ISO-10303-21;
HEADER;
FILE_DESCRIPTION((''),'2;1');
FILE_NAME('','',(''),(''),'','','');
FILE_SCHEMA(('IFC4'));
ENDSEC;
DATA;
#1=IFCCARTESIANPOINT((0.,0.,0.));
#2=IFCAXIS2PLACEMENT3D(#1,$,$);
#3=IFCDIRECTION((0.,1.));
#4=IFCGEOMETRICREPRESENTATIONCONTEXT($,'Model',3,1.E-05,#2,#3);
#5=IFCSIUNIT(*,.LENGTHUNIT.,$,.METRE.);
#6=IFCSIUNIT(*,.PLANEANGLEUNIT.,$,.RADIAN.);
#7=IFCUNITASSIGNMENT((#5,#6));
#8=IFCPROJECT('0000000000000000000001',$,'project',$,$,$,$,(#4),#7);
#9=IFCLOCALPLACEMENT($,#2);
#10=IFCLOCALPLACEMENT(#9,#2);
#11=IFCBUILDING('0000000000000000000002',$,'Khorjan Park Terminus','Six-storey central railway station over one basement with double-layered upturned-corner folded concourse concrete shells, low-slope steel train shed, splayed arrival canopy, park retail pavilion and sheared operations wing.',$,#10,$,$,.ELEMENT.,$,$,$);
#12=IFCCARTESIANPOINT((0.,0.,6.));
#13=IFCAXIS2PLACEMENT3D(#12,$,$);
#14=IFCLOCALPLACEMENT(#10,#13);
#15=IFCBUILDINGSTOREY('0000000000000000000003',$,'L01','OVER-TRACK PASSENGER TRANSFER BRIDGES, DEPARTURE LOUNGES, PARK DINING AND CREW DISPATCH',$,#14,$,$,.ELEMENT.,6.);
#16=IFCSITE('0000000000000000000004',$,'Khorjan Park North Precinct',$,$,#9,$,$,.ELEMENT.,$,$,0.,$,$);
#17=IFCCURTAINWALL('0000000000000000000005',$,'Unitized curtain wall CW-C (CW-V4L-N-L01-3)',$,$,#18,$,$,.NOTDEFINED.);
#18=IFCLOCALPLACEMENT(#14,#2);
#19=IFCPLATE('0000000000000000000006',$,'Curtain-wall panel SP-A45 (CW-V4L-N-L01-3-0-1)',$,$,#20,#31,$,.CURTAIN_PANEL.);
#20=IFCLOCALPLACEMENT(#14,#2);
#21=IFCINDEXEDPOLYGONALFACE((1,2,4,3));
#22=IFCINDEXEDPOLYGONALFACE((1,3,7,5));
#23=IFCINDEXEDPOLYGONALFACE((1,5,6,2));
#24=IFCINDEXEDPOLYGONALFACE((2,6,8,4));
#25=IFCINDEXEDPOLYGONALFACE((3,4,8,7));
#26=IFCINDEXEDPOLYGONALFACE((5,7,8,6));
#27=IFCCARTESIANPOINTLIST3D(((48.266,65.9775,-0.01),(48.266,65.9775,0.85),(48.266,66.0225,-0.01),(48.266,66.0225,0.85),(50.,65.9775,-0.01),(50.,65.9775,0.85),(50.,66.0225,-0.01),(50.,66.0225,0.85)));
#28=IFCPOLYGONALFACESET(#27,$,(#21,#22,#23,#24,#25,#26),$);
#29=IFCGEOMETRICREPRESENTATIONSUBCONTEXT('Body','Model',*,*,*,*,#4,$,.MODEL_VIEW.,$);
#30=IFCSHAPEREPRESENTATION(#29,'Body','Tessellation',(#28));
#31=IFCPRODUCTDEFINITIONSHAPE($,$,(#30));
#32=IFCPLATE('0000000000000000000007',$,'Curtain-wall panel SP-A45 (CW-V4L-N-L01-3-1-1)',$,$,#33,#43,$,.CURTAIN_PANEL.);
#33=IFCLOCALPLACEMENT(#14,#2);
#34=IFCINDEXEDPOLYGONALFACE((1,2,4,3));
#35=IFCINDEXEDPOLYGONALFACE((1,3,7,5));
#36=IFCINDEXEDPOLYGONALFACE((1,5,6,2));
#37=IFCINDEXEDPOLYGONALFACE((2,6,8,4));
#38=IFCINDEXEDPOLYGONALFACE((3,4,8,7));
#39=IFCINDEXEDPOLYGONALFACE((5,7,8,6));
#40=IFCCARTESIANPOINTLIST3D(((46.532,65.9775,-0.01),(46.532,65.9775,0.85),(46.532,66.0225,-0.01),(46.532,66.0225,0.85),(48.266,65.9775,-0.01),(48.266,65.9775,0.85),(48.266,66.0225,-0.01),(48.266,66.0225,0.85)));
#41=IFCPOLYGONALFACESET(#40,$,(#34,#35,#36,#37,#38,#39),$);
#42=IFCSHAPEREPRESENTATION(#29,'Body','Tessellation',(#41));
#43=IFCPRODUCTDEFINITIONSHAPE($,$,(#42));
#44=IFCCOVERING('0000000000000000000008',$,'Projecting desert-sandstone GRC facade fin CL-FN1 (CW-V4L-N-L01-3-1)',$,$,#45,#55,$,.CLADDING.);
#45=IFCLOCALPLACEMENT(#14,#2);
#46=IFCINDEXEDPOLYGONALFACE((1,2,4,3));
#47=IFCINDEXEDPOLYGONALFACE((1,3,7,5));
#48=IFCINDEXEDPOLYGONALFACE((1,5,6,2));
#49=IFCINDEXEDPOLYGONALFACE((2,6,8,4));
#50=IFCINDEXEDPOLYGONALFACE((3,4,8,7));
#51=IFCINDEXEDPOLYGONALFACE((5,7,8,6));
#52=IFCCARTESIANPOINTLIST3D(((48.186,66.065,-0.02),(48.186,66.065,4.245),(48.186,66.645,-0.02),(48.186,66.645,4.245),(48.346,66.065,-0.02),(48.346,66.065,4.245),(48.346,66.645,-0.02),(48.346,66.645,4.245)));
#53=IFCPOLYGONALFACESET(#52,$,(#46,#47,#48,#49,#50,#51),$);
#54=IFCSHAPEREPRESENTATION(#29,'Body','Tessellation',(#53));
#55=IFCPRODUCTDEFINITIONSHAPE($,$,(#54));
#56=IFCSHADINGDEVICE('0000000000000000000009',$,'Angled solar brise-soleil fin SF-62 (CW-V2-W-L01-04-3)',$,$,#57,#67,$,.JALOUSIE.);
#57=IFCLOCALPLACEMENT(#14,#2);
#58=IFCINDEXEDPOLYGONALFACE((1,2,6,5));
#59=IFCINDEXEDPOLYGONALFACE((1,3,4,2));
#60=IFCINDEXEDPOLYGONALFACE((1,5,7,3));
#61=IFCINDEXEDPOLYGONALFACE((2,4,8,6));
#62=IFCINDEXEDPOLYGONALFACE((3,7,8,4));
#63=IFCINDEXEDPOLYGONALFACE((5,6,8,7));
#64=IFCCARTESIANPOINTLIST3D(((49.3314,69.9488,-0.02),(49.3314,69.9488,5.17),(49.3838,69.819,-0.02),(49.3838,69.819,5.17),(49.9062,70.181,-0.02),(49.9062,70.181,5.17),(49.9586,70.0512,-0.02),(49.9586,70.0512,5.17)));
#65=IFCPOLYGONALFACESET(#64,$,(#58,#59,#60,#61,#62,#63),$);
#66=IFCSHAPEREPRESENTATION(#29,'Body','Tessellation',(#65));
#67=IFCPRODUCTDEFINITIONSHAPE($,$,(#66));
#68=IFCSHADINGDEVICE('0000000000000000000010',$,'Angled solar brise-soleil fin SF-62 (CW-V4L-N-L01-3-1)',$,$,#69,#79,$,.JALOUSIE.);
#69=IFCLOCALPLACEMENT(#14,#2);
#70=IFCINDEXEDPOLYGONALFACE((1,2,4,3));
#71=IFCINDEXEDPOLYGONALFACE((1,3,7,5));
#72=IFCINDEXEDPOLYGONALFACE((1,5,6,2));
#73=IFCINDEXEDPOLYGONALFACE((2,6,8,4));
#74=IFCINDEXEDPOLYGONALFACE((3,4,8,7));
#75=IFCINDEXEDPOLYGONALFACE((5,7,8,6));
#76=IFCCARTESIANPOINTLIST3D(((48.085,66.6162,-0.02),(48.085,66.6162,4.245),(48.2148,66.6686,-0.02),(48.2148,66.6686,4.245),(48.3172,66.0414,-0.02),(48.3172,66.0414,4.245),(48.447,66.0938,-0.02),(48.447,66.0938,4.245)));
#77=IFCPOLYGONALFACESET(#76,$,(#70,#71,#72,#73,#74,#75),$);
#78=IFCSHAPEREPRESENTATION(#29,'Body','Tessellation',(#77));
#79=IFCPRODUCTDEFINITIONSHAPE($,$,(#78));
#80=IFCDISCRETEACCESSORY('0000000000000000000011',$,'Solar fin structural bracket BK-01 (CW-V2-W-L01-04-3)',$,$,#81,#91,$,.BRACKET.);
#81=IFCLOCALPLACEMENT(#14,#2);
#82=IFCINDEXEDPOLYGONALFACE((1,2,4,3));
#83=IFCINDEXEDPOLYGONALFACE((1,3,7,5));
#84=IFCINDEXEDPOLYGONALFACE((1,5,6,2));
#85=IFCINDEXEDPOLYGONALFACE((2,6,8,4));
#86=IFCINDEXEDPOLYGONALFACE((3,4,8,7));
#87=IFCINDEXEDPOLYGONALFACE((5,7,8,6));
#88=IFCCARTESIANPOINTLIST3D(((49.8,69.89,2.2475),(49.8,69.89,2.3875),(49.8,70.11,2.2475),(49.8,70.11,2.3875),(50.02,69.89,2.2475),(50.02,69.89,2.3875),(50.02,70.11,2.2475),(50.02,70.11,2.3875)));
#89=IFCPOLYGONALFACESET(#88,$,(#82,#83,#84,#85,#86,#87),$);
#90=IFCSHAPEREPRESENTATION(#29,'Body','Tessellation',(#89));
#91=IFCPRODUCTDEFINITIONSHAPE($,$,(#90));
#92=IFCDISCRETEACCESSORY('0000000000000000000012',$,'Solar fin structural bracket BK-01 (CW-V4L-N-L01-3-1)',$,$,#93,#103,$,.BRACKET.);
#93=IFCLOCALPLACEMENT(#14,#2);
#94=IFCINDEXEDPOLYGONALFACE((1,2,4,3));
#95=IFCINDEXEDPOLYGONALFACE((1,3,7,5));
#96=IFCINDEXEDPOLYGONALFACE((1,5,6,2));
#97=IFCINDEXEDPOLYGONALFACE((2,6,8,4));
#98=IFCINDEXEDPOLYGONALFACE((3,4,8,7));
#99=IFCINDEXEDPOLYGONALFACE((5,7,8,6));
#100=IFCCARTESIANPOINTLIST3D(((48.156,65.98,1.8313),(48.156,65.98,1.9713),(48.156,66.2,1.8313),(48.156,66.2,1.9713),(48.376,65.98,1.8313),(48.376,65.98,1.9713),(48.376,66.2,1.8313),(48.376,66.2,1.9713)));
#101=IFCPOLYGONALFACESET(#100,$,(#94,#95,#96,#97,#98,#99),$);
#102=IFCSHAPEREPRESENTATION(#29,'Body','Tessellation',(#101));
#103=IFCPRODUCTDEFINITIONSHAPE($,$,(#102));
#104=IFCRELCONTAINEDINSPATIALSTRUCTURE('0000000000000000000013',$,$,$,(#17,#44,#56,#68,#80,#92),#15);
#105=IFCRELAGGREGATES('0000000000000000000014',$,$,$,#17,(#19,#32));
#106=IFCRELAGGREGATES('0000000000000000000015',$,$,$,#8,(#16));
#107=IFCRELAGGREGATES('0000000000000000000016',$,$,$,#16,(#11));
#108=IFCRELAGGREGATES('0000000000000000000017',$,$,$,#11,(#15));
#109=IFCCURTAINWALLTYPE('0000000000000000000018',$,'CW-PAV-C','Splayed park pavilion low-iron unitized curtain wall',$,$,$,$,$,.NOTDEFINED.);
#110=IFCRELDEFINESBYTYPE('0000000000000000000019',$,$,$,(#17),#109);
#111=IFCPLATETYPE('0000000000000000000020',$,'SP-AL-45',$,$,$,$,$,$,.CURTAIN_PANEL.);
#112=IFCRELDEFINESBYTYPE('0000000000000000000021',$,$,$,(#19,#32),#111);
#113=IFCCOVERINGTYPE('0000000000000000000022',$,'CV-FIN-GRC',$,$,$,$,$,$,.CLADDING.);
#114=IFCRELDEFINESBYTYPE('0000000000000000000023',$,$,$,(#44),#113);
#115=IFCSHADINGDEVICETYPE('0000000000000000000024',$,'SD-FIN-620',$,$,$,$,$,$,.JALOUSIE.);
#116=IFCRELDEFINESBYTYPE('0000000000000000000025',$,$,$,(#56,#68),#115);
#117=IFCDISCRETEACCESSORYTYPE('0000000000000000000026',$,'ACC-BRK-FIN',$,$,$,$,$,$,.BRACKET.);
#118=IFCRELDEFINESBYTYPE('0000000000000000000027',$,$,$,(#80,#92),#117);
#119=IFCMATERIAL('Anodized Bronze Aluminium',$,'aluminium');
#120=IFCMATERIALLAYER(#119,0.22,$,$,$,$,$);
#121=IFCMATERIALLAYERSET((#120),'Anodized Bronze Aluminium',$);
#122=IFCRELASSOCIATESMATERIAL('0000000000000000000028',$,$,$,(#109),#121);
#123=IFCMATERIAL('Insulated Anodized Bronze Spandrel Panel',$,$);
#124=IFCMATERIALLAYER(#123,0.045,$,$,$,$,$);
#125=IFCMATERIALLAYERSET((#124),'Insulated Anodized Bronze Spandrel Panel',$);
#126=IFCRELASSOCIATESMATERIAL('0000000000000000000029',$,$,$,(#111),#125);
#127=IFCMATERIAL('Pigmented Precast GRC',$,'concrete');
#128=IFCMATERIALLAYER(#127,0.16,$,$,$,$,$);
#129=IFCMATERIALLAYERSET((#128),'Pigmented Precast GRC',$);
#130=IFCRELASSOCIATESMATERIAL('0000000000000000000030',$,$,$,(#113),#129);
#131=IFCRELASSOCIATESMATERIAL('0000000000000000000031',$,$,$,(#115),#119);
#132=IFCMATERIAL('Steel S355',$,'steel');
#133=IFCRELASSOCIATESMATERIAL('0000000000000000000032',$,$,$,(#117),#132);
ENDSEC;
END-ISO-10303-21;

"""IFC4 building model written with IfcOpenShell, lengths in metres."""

from ifc_helpers import new_model, si_unit, direction, frame, origin, origin_2d, place, context, subcontext, project, spatial, rectangle, extrude, material, layer, layer_set, type_object, element, aggregate, save


model = new_model("IFC4")

# Units and contexts
model_context = context("Model", 3, precision=1e-05, world=origin(), true_north=direction((0.0, 1.0)))
body_context = subcontext(model_context, "Body", "Model", "MODEL_VIEW")
ifc_project = project(units=[si_unit("LENGTHUNIT", "METRE"), si_unit("PLANEANGLEUNIT", "RADIAN")], contexts=[model_context])

# Site, building, storey
site_placement = place(None, origin())
site = spatial("IfcSite", under=ifc_project, at=site_placement, Name="Khorjan Park North Precinct", CompositionType="ELEMENT", RefElevation=0.0)
building_placement = place(site_placement, origin())
building = spatial("IfcBuilding", under=site, at=building_placement, Name="Khorjan Park Terminus", Description="Six-storey central railway station over one basement with double-layered upturned-corner folded concourse concrete shells, low-slope steel train shed, splayed arrival canopy, park retail pavilion and sheared operations wing.", CompositionType="ELEMENT")
storey_placement = place(building_placement, frame((0.0, 0.0, 6.0)))
storey = spatial("IfcBuildingStorey", under=building, at=storey_placement, Name="L01", Description="OVER-TRACK PASSENGER TRANSFER BRIDGES, DEPARTURE LOUNGES, PARK DINING AND CREW DISPATCH", CompositionType="ELEMENT", Elevation=6.0)

# Shared definitions
ifc_material_1 = material(Name="Steel S355", Category="steel")

# Curtain wall
ifc_material_2 = material(Name="Anodized Bronze Aluminium", Category="aluminium")
ifc_layer_1 = layer(ifc_material_2, 0.22)
ifc_layer_set_1 = layer_set([ifc_layer_1], Name="Anodized Bronze Aluminium")
curtain_wall_type = type_object("IfcCurtainWallType", Name="CW-PAV-C", Description="Splayed park pavilion low-iron unitized curtain wall", PredefinedType="NOTDEFINED", material=ifc_layer_set_1)
curtain_wall_1_placement = place(storey_placement, origin())
curtain_wall_1 = element("IfcCurtainWall", 1, at=curtain_wall_1_placement, inside=storey, type_object=curtain_wall_type, Name="Unitized curtain wall CW-C (CW-V4L-N-L01-3)", PredefinedType="NOTDEFINED")

# Plates
ifc_material_3 = material(Name="Insulated Anodized Bronze Spandrel Panel")
ifc_layer_2 = layer(ifc_material_3, 0.045)
ifc_layer_set_2 = layer_set([ifc_layer_2], Name="Insulated Anodized Bronze Spandrel Panel")
plate_type_1 = type_object("IfcPlateType", Name="SP-AL-45", PredefinedType="CURTAIN_PANEL", material=ifc_layer_set_2)
plate_1_placement = place(storey_placement, frame((49.133, 66.0, -0.01), z_axis=(0.0, 0.0, 1.0), x_axis=(-1.0, 0.0, 0.0)))
plate_1 = element("IfcPlate", 2, at=plate_1_placement, type_object=plate_type_1, Name="Curtain-wall panel SP-A45 (CW-V4L-N-L01-3-0-1)", PredefinedType="CURTAIN_PANEL", context=body_context, shape_type="SweptSolid", body=[
    extrude(rectangle(XDim=1.734, YDim=0.045, at=origin_2d()), origin(), (0.0, 0.0, 1.0), 0.86),
])
plate_2_placement = place(storey_placement, frame((47.399, 66.0, -0.01), z_axis=(0.0, 0.0, 1.0), x_axis=(-1.0, 0.0, 0.0)))
plate_2 = element("IfcPlate", 3, at=plate_2_placement, type_object=plate_type_1, Name="Curtain-wall panel SP-A45 (CW-V4L-N-L01-3-1-1)", PredefinedType="CURTAIN_PANEL", context=body_context, shape_type="SweptSolid", body=[
    extrude(rectangle(XDim=1.734, YDim=0.045, at=origin_2d()), origin(), (0.0, 0.0, 1.0), 0.86),
])
aggregate(curtain_wall_1, [plate_1, plate_2])

# Covering
ifc_material_4 = material(Name="Pigmented Precast GRC", Category="concrete")
ifc_layer_3 = layer(ifc_material_4, 0.16)
ifc_layer_set_3 = layer_set([ifc_layer_3], Name="Pigmented Precast GRC")
covering_type = type_object("IfcCoveringType", Name="CV-FIN-GRC", PredefinedType="CLADDING", material=ifc_layer_set_3)
covering_placement = place(storey_placement, frame((48.266, 66.355, -0.02), z_axis=(0.0, 0.0, 1.0), x_axis=(0.0, -1.0, 0.0)))
element("IfcCovering", 4, at=covering_placement, inside=storey, type_object=covering_type, Name="Projecting desert-sandstone GRC facade fin CL-FN1 (CW-V4L-N-L01-3-1)", PredefinedType="CLADDING", context=body_context, shape_type="SweptSolid", body=[
    extrude(rectangle(XDim=0.58, YDim=0.16, at=origin_2d()), origin(), (0.0, 0.0, 1.0), 4.265),
])

# Shading devices
shading_device_type = type_object("IfcShadingDeviceType", Name="SD-FIN-620", PredefinedType="JALOUSIE", material=ifc_material_2)
shading_device_1_placement = place(storey_placement, frame((49.645, 70.0, -0.02), z_axis=(0.0, 0.0, 1.0), x_axis=(0.927184, 0.374607, 0.0)))
element("IfcShadingDevice", 5, at=shading_device_1_placement, inside=storey, type_object=shading_device_type, Name="Angled solar brise-soleil fin SF-62 (CW-V2-W-L01-04-3)", PredefinedType="JALOUSIE", context=body_context, shape_type="SweptSolid", body=[
    extrude(rectangle(XDim=0.62, YDim=0.14, at=origin_2d()), origin(), (0.0, 0.0, 1.0), 5.19),
])
shading_device_2_placement = place(storey_placement, frame((48.266, 66.355, -0.02), z_axis=(0.0, 0.0, 1.0), x_axis=(0.374607, -0.927184, 0.0)))
element("IfcShadingDevice", 6, at=shading_device_2_placement, inside=storey, type_object=shading_device_type, Name="Angled solar brise-soleil fin SF-62 (CW-V4L-N-L01-3-1)", PredefinedType="JALOUSIE", context=body_context, shape_type="SweptSolid", body=[
    extrude(rectangle(XDim=0.62, YDim=0.14, at=origin_2d()), origin(), (0.0, 0.0, 1.0), 4.265),
])

# Discrete accessories
discrete_accessory_type = type_object("IfcDiscreteAccessoryType", Name="ACC-BRK-FIN", PredefinedType="BRACKET", material=ifc_material_1)
for number, where, z_axis, x_axis, name in (
    (7, (49.91, 70.0, 2.2475), (0.0, 0.0, 1.0), (0.0, -1.0, 0.0), "Solar fin structural bracket BK-01 (CW-V2-W-L01-04-3)"),
    (8, (48.266, 66.09, 1.8313), (0.0, 0.0, 1.0), (-1.0, 0.0, 0.0), "Solar fin structural bracket BK-01 (CW-V4L-N-L01-3-1)"),
):
    element("IfcDiscreteAccessory", number, at=place(storey_placement, frame(where, z_axis=z_axis, x_axis=x_axis)), inside=storey, type_object=discrete_accessory_type, Name=name, PredefinedType="BRACKET", context=body_context, shape_type="SweptSolid", body=[
        extrude(rectangle(XDim=0.22, YDim=0.22, at=origin_2d()), origin(), (0.0, 0.0, 1.0), 0.14),
    ])

save(model, "model.ifc")
